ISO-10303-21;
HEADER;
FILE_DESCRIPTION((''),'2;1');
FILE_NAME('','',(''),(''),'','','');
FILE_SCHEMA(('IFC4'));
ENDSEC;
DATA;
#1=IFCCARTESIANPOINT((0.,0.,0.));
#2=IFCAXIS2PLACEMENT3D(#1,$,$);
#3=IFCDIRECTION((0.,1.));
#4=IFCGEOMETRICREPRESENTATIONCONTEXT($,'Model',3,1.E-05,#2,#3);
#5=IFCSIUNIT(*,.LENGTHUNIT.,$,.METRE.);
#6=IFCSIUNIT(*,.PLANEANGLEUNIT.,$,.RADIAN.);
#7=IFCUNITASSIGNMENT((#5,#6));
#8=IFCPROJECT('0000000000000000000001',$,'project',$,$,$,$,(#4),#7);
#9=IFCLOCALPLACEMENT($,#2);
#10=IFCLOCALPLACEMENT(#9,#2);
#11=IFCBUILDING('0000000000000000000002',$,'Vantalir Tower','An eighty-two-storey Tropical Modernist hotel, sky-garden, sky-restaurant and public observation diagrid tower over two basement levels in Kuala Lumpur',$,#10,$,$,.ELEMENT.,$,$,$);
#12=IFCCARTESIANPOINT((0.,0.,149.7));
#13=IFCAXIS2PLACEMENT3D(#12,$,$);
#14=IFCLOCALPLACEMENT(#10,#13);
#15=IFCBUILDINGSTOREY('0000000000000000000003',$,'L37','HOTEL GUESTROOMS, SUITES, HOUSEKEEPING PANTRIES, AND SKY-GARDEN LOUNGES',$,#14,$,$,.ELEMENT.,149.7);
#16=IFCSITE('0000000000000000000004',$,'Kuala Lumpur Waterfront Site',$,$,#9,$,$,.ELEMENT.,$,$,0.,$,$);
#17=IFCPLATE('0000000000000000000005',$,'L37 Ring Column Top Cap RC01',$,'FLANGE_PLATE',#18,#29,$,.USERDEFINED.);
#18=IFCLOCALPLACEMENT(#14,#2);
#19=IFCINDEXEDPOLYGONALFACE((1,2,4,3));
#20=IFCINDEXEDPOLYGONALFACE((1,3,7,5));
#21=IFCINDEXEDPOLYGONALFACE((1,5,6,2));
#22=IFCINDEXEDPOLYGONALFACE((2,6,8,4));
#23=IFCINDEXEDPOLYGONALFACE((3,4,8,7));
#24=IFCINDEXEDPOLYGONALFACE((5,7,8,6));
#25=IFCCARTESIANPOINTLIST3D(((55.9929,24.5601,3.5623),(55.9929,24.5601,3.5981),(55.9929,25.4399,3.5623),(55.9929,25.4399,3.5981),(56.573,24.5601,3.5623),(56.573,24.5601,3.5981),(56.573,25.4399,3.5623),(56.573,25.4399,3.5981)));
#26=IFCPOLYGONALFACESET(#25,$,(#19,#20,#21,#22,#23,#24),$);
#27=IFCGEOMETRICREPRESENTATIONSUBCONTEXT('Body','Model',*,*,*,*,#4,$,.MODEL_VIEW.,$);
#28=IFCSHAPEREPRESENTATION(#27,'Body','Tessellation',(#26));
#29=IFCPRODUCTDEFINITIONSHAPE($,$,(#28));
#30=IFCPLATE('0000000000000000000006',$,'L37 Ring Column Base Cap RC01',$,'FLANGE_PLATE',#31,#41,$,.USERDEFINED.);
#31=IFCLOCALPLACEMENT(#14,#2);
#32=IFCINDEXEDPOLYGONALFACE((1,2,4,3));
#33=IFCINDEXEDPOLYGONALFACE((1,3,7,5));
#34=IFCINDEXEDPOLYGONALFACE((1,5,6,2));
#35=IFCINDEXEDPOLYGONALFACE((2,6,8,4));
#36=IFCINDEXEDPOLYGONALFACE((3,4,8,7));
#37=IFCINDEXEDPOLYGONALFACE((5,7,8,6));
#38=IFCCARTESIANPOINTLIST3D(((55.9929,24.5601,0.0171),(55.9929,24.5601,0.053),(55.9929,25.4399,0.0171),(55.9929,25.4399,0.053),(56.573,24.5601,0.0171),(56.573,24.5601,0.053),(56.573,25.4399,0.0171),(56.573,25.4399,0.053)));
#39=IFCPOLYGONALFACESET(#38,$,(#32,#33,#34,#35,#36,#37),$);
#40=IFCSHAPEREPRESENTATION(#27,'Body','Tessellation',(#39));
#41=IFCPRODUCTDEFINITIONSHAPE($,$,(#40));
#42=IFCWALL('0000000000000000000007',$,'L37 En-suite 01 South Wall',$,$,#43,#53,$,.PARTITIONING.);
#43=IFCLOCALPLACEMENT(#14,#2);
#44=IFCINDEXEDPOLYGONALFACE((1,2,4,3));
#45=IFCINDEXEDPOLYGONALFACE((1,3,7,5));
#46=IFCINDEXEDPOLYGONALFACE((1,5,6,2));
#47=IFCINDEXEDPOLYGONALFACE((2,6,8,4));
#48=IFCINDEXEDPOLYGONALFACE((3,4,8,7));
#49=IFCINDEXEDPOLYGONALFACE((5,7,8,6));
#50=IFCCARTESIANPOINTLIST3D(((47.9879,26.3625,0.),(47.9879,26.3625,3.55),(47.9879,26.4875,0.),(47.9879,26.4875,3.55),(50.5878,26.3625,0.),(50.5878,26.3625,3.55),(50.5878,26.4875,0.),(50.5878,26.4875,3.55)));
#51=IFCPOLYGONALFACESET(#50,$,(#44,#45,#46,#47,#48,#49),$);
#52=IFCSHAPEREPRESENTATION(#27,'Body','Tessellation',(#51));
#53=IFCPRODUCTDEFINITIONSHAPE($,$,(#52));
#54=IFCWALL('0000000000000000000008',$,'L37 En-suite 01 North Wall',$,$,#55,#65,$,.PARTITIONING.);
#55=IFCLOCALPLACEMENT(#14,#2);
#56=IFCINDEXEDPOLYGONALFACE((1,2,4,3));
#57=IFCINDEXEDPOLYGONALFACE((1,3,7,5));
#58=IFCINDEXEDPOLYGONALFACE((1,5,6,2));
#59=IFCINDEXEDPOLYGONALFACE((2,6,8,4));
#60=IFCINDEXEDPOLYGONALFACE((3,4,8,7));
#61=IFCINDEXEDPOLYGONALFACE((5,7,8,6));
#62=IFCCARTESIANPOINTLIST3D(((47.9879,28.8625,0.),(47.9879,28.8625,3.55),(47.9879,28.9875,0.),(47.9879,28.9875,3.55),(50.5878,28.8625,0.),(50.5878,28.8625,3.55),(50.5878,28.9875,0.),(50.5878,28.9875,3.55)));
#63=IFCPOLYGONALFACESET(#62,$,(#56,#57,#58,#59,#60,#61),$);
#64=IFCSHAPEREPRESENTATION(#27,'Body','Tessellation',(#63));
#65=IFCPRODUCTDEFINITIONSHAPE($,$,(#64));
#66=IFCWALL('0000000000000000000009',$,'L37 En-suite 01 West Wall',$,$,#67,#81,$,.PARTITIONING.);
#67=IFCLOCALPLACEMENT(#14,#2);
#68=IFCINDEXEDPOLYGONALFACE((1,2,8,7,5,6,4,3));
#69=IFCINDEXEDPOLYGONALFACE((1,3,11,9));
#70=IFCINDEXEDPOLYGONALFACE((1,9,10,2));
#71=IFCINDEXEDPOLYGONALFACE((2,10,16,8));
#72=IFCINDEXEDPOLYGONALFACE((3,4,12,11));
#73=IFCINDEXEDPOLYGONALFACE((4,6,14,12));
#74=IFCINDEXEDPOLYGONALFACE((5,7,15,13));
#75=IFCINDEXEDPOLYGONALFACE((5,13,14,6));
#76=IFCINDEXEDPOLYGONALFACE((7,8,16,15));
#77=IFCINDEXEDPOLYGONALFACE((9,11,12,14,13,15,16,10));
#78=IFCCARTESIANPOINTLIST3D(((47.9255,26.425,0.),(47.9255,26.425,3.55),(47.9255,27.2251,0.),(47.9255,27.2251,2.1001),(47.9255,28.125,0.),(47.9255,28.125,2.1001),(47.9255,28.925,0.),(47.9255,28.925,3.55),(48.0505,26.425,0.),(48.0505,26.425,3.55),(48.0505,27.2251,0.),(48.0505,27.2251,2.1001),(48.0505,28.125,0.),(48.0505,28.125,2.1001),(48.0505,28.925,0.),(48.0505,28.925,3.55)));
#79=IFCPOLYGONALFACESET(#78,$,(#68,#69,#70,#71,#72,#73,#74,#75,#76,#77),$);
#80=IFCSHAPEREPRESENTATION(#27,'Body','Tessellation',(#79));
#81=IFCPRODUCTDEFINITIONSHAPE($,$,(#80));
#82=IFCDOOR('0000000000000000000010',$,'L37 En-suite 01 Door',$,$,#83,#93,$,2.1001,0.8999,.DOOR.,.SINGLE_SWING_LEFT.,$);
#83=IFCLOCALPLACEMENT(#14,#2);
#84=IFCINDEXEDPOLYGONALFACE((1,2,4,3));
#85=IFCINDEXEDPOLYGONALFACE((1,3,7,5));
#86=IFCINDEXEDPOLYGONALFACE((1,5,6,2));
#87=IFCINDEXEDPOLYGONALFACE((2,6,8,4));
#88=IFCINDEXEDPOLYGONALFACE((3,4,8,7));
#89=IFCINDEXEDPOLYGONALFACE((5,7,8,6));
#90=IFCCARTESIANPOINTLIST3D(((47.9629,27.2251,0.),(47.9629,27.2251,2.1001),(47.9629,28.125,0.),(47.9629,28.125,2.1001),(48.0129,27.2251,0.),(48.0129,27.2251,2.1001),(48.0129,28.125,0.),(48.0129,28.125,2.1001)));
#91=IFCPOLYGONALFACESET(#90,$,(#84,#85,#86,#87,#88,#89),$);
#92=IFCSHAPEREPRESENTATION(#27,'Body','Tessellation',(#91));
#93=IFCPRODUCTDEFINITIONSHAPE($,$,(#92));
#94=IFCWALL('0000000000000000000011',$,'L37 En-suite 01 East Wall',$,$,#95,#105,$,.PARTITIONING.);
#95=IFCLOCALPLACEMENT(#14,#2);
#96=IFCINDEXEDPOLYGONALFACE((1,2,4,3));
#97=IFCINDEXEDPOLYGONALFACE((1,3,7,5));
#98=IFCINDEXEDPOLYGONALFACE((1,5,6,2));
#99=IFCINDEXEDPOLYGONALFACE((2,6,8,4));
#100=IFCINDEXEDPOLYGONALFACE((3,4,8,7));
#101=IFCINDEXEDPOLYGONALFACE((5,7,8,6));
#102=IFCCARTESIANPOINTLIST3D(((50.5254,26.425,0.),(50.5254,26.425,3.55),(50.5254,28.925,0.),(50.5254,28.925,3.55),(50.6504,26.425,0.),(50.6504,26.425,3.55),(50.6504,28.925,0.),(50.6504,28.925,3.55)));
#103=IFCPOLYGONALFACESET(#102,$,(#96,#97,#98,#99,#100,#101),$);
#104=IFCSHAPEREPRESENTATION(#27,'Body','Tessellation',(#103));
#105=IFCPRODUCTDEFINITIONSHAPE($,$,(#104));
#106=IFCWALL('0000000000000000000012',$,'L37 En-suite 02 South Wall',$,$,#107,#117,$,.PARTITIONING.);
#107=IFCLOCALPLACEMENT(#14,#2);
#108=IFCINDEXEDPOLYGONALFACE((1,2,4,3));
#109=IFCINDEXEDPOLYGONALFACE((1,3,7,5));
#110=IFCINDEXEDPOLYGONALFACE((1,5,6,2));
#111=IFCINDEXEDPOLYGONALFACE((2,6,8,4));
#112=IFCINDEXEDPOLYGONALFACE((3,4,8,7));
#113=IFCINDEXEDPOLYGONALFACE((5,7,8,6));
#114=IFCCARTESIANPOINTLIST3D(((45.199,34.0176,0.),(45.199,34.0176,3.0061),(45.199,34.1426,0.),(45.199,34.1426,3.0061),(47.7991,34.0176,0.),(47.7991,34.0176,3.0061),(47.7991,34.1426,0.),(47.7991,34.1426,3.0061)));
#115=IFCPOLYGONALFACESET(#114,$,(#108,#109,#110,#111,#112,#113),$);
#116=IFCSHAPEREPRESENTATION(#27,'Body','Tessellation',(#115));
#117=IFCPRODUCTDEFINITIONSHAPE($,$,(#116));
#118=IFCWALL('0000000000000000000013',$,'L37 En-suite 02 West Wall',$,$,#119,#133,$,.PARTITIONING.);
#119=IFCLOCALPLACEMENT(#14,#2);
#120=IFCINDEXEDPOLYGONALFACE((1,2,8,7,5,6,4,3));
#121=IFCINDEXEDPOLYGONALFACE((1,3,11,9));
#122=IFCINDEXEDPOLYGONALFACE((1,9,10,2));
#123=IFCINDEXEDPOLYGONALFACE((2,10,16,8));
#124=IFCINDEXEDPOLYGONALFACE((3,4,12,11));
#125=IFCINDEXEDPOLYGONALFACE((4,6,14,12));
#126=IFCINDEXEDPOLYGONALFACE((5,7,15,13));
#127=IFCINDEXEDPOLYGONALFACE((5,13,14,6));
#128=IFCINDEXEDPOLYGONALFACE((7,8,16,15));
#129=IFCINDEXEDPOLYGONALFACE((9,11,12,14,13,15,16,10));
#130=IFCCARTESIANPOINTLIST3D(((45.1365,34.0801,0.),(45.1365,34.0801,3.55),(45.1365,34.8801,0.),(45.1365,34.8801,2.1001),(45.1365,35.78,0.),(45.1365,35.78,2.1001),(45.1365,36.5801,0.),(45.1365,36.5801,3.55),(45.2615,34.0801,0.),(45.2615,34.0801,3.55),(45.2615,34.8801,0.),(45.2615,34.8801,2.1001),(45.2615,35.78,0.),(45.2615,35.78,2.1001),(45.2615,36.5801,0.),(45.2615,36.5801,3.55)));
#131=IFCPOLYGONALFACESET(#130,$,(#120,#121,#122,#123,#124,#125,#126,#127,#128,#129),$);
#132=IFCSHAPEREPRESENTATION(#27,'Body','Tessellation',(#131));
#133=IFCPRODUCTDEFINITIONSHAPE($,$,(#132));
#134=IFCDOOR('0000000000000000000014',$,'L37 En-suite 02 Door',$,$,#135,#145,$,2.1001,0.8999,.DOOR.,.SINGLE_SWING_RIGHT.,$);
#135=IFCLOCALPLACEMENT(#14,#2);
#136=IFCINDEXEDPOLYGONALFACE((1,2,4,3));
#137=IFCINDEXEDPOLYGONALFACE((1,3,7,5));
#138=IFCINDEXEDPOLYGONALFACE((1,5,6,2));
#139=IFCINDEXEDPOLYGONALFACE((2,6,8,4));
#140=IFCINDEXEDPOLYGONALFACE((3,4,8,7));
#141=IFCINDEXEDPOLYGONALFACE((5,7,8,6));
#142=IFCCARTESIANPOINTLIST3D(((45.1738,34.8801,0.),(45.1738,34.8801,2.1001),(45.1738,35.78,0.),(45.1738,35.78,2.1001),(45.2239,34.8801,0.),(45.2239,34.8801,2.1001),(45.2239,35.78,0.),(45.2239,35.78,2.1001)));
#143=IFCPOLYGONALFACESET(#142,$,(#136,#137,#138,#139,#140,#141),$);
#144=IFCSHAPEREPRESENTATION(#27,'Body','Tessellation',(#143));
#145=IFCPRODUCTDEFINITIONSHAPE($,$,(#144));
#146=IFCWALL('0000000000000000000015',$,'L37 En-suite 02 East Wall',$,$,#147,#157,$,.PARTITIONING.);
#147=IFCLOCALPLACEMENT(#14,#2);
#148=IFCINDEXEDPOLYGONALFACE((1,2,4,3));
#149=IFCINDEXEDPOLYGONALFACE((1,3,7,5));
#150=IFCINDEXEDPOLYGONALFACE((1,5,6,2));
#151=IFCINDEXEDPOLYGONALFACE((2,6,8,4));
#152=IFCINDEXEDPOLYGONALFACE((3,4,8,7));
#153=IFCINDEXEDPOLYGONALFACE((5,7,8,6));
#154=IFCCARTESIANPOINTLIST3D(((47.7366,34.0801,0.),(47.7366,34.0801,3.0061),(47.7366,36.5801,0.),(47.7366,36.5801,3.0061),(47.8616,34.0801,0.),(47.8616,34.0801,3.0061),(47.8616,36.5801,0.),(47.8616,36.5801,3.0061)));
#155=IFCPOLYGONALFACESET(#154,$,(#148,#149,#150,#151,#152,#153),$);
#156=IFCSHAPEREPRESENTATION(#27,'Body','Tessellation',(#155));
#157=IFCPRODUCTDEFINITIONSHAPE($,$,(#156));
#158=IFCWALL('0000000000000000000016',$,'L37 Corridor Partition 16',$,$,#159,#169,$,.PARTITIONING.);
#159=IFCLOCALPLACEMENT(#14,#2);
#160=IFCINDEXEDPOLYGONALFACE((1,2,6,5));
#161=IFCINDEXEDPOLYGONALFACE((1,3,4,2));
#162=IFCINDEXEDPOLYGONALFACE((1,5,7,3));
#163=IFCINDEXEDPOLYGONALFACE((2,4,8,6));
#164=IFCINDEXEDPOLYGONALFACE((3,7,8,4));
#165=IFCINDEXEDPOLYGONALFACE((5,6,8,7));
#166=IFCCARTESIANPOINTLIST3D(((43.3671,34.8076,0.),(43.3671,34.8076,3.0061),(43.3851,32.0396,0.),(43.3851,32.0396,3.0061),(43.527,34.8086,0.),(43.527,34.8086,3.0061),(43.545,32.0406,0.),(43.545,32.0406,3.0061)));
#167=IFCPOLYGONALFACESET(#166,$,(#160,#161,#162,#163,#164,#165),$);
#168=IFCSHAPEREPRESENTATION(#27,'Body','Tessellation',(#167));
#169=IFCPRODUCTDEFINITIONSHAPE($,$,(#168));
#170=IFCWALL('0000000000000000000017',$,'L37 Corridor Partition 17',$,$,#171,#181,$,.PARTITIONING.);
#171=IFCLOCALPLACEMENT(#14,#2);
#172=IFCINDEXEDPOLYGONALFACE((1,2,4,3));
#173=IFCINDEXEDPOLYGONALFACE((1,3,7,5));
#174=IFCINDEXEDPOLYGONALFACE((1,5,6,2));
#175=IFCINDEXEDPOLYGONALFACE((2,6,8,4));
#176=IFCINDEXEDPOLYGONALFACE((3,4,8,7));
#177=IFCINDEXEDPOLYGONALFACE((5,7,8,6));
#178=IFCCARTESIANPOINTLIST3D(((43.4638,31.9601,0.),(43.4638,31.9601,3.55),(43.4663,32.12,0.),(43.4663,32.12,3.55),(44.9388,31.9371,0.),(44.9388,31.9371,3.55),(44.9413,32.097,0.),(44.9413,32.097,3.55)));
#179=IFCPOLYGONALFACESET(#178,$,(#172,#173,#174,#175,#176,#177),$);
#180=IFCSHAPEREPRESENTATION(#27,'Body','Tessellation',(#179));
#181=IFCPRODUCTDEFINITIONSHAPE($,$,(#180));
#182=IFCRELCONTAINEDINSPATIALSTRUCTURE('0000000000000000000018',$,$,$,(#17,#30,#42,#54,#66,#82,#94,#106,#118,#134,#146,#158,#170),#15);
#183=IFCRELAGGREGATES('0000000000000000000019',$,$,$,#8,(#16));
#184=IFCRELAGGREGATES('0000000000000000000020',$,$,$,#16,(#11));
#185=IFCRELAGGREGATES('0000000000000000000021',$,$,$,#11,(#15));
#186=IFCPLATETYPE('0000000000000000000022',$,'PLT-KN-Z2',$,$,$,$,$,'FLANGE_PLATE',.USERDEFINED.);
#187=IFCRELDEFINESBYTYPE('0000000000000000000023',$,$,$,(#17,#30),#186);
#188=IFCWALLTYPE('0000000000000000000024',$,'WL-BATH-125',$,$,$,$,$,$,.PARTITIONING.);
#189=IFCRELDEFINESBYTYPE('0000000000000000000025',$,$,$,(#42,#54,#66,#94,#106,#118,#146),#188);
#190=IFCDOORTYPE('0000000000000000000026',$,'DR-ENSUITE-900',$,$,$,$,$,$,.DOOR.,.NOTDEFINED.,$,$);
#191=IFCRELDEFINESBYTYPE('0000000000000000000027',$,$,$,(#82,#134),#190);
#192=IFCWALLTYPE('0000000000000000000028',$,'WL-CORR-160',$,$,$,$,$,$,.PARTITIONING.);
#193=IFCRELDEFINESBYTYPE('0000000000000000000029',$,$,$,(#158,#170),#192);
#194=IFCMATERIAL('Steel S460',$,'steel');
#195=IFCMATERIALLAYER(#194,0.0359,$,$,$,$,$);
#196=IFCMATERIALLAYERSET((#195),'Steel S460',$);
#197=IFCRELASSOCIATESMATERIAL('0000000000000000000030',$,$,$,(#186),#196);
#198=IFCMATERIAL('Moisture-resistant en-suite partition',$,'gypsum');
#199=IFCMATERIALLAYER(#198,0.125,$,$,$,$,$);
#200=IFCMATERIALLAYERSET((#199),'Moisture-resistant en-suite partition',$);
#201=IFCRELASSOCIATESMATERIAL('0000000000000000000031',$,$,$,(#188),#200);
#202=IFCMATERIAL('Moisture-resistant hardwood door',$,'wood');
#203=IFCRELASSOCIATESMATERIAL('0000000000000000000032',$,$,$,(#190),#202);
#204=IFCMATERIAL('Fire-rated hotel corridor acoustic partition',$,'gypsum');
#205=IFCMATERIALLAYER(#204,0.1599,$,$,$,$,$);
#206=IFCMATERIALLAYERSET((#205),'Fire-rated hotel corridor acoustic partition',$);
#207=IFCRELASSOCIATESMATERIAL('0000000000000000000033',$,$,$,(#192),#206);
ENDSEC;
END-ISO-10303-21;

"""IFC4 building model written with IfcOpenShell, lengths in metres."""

from ifc_helpers import new_model, si_unit, direction, frame, frame_2d, origin, place, context, subcontext, project, spatial, polyline, rectangle, outline, extrude, material, layer, layer_set, type_object, element, fill, save


model = new_model("IFC4")

# Units and contexts
model_context = context("Model", 3, precision=1e-05, world=origin(), true_north=direction((0.0, 1.0)))
body_context = subcontext(model_context, "Body", "Model", "MODEL_VIEW")
ifc_project = project(units=[si_unit("LENGTHUNIT", "METRE"), si_unit("PLANEANGLEUNIT", "RADIAN")], contexts=[model_context])

# Site, building, storey
site_placement = place(None, origin())
site = spatial("IfcSite", under=ifc_project, at=site_placement, Name="Kuala Lumpur Waterfront Site", CompositionType="ELEMENT", RefElevation=0.0)
building_placement = place(site_placement, origin())
building = spatial("IfcBuilding", under=site, at=building_placement, Name="Vantalir Tower", Description="An eighty-two-storey Tropical Modernist hotel, sky-garden, sky-restaurant and public observation diagrid tower over two basement levels in Kuala Lumpur", CompositionType="ELEMENT")
storey_placement = place(building_placement, frame((0.0, 0.0, 149.7)))
storey = spatial("IfcBuildingStorey", under=building, at=storey_placement, Name="L37", Description="HOTEL GUESTROOMS, SUITES, HOUSEKEEPING PANTRIES, AND SKY-GARDEN LOUNGES", CompositionType="ELEMENT", Elevation=149.7)

# Shared definitions
ifc_material_1 = material(Name="Steel S460", Category="steel")

# Plates
ifc_layer_1 = layer(ifc_material_1, 0.0359)
ifc_layer_set_1 = layer_set([ifc_layer_1], Name="Steel S460")
plate_type_1 = type_object("IfcPlateType", Name="PLT-KN-Z2", ElementType="FLANGE_PLATE", PredefinedType="USERDEFINED", material=ifc_layer_set_1)
for number, where, z_axis, x_axis, name in (
    (1, (55.9929, 25.4399, 3.5981), (0.0, 0.0, 1.0), (0.0, -1.0, 0.0), "L37 Ring Column Top Cap RC01"),
    (2, (55.9929, 25.4399, 0.053), (0.0, 0.0, 1.0), (0.0, -1.0, 0.0), "L37 Ring Column Base Cap RC01"),
):
    element("IfcPlate", number, at=place(storey_placement, frame(where, z_axis=z_axis, x_axis=x_axis)), inside=storey, type_object=plate_type_1, Name=name, ObjectType="FLANGE_PLATE", PredefinedType="USERDEFINED", context=body_context, shape_type="SweptSolid", body=[
        extrude(outline(polyline([(0.0, 0.0), (0.8799, 0.0), (0.8799, 0.5801), (0.0, 0.5801), (0.0, 0.0)])), origin(), (0.0, 0.0, -1.0), 0.0359),
    ])

# Walls
ifc_material_2 = material(Name="Moisture-resistant en-suite partition", Category="gypsum")
ifc_layer_2 = layer(ifc_material_2, 0.125)
ifc_layer_set_2 = layer_set([ifc_layer_2], Name="Moisture-resistant en-suite partition")
wall_type_1 = type_object("IfcWallType", Name="WL-BATH-125", PredefinedType="PARTITIONING", material=ifc_layer_set_2)
for number, where, z_axis, x_axis, name in (
    (3, (47.988, 26.425, 0.0), (0.0, 0.0, 1.0), (1.0, 0.0, 0.0), "L37 En-suite 01 South Wall"),
    (4, (47.988, 28.925, 0.0), (0.0, 0.0, 1.0), (1.0, 0.0, 0.0), "L37 En-suite 01 North Wall"),
):
    element("IfcWall", number, at=place(storey_placement, frame(where, z_axis=z_axis, x_axis=x_axis)), inside=storey, type_object=wall_type_1, Name=name, PredefinedType="PARTITIONING", context=body_context, shape_type="SweptSolid", body=[
        extrude(rectangle(XDim=2.5999, YDim=0.125, at=frame_2d((1.2998, 0.0))), origin(), (0.0, 0.0, 1.0), 3.55),
    ])

# Wall, opening, door
wall_1_placement = place(storey_placement, frame((47.988, 26.425, 0.0), z_axis=(0.0, 0.0, 1.0), x_axis=(0.0, 1.0, 0.0)))
wall_1 = element("IfcWall", 5, at=wall_1_placement, inside=storey, type_object=wall_type_1, Name="L37 En-suite 01 West Wall", PredefinedType="PARTITIONING", context=body_context, shape_type="SweptSolid", body=[
    extrude(rectangle(XDim=2.5, YDim=0.125, at=frame_2d((1.25, 0.0))), origin(), (0.0, 0.0, 1.0), 3.55),
])
opening_1_placement = place(wall_1_placement, frame((0.8, 0.0, 0.0)))
opening_1 = element("IfcOpeningElement", 6, at=opening_1_placement, cuts=wall_1, PredefinedType="OPENING", context=body_context, shape_type="SweptSolid", body=[
    extrude(rectangle(XDim=0.8999, YDim=2.1001, at=frame_2d((0.45, 1.05))), frame((0.0, 0.0725, 0.0), z_axis=(0.0, -1.0, 0.0), x_axis=(1.0, 0.0, 0.0)), (0.0, 0.0, 1.0), 0.145),
])
ifc_material_3 = material(Name="Moisture-resistant hardwood door", Category="wood")
door_type_1 = type_object("IfcDoorType", Name="DR-ENSUITE-900", OperationType="NOTDEFINED", PredefinedType="DOOR", material=ifc_material_3)
door_1_placement = place(opening_1_placement, frame((0.8999, 0.0, 0.0), z_axis=(0.0, 0.0, 1.0), x_axis=(-1.0, 0.0, 0.0)))
door_1 = element("IfcDoor", 7, at=door_1_placement, inside=storey, type_object=door_type_1, Name="L37 En-suite 01 Door", OperationType="SINGLE_SWING_LEFT", OverallHeight=2.1001, OverallWidth=0.8999, PredefinedType="DOOR", context=body_context, shape_type="SweptSolid", body=[
    extrude(rectangle(XDim=0.8999, YDim=2.1001, at=frame_2d((0.45, 1.05))), frame((0.0, 0.0249, 0.0), z_axis=(0.0, -1.0, 0.0), x_axis=(1.0, 0.0, 0.0)), (0.0, 0.0, 1.0), 0.05),
])
fill(opening_1, door_1)

# Walls
wall_2_placement = place(storey_placement, frame((50.5879, 26.425, 0.0), z_axis=(0.0, 0.0, 1.0), x_axis=(0.0, 1.0, 0.0)))
element("IfcWall", 8, at=wall_2_placement, inside=storey, type_object=wall_type_1, Name="L37 En-suite 01 East Wall", PredefinedType="PARTITIONING", context=body_context, shape_type="SweptSolid", body=[
    extrude(rectangle(XDim=2.5, YDim=0.125, at=frame_2d((1.25, 0.0))), origin(), (0.0, 0.0, 1.0), 3.55),
])
wall_3_placement = place(storey_placement, frame((45.199, 34.0801, 0.0), z_axis=(0.0, 0.0, 1.0), x_axis=(1.0, 0.0, 0.0)))
element("IfcWall", 9, at=wall_3_placement, inside=storey, type_object=wall_type_1, Name="L37 En-suite 02 South Wall", PredefinedType="PARTITIONING", context=body_context, shape_type="SweptSolid", body=[
    extrude(rectangle(XDim=2.6001, YDim=0.125, at=frame_2d((1.3, 0.0))), origin(), (0.0, 0.0, 1.0), 3.0061),
])

# Wall, opening, door
wall_4_placement = place(storey_placement, frame((45.199, 34.0801, 0.0), z_axis=(0.0, 0.0, 1.0), x_axis=(0.0, 1.0, 0.0)))
wall_4 = element("IfcWall", 10, at=wall_4_placement, inside=storey, type_object=wall_type_1, Name="L37 En-suite 02 West Wall", PredefinedType="PARTITIONING", context=body_context, shape_type="SweptSolid", body=[
    extrude(rectangle(XDim=2.5, YDim=0.125, at=frame_2d((1.25, 0.0))), origin(), (0.0, 0.0, 1.0), 3.55),
])
opening_2_placement = place(wall_4_placement, frame((0.8, 0.0, 0.0)))
opening_2 = element("IfcOpeningElement", 11, at=opening_2_placement, cuts=wall_4, PredefinedType="OPENING", context=body_context, shape_type="SweptSolid", body=[
    extrude(rectangle(XDim=0.8999, YDim=2.1001, at=frame_2d((0.45, 1.05))), frame((0.0, 0.0725, 0.0), z_axis=(0.0, -1.0, 0.0), x_axis=(1.0, 0.0, 0.0)), (0.0, 0.0, 1.0), 0.145),
])
door_2_placement = place(opening_2_placement, frame((0.8999, 0.0, 0.0), z_axis=(0.0, 0.0, 1.0), x_axis=(-1.0, 0.0, 0.0)))
door_2 = element("IfcDoor", 12, at=door_2_placement, inside=storey, type_object=door_type_1, Name="L37 En-suite 02 Door", OperationType="SINGLE_SWING_RIGHT", OverallHeight=2.1001, OverallWidth=0.8999, PredefinedType="DOOR", context=body_context, shape_type="SweptSolid", body=[
    extrude(rectangle(XDim=0.8999, YDim=2.1001, at=frame_2d((0.45, 1.05))), frame((0.0, 0.0249, 0.0), z_axis=(0.0, -1.0, 0.0), x_axis=(1.0, 0.0, 0.0)), (0.0, 0.0, 1.0), 0.05),
])
fill(opening_2, door_2)

# Walls
wall_5_placement = place(storey_placement, frame((47.7991, 34.0801, 0.0), z_axis=(0.0, 0.0, 1.0), x_axis=(0.0, 1.0, 0.0)))
element("IfcWall", 13, at=wall_5_placement, inside=storey, type_object=wall_type_1, Name="L37 En-suite 02 East Wall", PredefinedType="PARTITIONING", context=body_context, shape_type="SweptSolid", body=[
    extrude(rectangle(XDim=2.5, YDim=0.125, at=frame_2d((1.25, 0.0))), origin(), (0.0, 0.0, 1.0), 3.0061),
])
ifc_material_4 = material(Name="Fire-rated hotel corridor acoustic partition", Category="gypsum")
ifc_layer_3 = layer(ifc_material_4, 0.1599)
ifc_layer_set_3 = layer_set([ifc_layer_3], Name="Fire-rated hotel corridor acoustic partition")
wall_type_2 = type_object("IfcWallType", Name="WL-CORR-160", PredefinedType="PARTITIONING", material=ifc_layer_set_3)
wall_6_placement = place(storey_placement, frame((43.447, 34.8081, 0.0), z_axis=(0.0, 0.0, 1.0), x_axis=(0.006527, -0.999979, 0.0)))
element("IfcWall", 14, at=wall_6_placement, inside=storey, type_object=wall_type_2, Name="L37 Corridor Partition 16", PredefinedType="PARTITIONING", context=body_context, shape_type="SweptSolid", body=[
    extrude(rectangle(XDim=2.7681, YDim=0.1599, at=frame_2d((1.384, 0.0))), origin(), (0.0, 0.0, 1.0), 3.0061),
])
wall_7_placement = place(storey_placement, frame((43.4651, 32.04, 0.0), z_axis=(0.0, 0.0, 1.0), x_axis=(0.999879, -0.015558, 0.0)))
element("IfcWall", 15, at=wall_7_placement, inside=storey, type_object=wall_type_2, Name="L37 Corridor Partition 17", PredefinedType="PARTITIONING", context=body_context, shape_type="SweptSolid", body=[
    extrude(rectangle(XDim=1.4751, YDim=0.1599, at=frame_2d((0.7375, 0.0))), origin(), (0.0, 0.0, 1.0), 3.55),
])

save(model, "model.ifc")
